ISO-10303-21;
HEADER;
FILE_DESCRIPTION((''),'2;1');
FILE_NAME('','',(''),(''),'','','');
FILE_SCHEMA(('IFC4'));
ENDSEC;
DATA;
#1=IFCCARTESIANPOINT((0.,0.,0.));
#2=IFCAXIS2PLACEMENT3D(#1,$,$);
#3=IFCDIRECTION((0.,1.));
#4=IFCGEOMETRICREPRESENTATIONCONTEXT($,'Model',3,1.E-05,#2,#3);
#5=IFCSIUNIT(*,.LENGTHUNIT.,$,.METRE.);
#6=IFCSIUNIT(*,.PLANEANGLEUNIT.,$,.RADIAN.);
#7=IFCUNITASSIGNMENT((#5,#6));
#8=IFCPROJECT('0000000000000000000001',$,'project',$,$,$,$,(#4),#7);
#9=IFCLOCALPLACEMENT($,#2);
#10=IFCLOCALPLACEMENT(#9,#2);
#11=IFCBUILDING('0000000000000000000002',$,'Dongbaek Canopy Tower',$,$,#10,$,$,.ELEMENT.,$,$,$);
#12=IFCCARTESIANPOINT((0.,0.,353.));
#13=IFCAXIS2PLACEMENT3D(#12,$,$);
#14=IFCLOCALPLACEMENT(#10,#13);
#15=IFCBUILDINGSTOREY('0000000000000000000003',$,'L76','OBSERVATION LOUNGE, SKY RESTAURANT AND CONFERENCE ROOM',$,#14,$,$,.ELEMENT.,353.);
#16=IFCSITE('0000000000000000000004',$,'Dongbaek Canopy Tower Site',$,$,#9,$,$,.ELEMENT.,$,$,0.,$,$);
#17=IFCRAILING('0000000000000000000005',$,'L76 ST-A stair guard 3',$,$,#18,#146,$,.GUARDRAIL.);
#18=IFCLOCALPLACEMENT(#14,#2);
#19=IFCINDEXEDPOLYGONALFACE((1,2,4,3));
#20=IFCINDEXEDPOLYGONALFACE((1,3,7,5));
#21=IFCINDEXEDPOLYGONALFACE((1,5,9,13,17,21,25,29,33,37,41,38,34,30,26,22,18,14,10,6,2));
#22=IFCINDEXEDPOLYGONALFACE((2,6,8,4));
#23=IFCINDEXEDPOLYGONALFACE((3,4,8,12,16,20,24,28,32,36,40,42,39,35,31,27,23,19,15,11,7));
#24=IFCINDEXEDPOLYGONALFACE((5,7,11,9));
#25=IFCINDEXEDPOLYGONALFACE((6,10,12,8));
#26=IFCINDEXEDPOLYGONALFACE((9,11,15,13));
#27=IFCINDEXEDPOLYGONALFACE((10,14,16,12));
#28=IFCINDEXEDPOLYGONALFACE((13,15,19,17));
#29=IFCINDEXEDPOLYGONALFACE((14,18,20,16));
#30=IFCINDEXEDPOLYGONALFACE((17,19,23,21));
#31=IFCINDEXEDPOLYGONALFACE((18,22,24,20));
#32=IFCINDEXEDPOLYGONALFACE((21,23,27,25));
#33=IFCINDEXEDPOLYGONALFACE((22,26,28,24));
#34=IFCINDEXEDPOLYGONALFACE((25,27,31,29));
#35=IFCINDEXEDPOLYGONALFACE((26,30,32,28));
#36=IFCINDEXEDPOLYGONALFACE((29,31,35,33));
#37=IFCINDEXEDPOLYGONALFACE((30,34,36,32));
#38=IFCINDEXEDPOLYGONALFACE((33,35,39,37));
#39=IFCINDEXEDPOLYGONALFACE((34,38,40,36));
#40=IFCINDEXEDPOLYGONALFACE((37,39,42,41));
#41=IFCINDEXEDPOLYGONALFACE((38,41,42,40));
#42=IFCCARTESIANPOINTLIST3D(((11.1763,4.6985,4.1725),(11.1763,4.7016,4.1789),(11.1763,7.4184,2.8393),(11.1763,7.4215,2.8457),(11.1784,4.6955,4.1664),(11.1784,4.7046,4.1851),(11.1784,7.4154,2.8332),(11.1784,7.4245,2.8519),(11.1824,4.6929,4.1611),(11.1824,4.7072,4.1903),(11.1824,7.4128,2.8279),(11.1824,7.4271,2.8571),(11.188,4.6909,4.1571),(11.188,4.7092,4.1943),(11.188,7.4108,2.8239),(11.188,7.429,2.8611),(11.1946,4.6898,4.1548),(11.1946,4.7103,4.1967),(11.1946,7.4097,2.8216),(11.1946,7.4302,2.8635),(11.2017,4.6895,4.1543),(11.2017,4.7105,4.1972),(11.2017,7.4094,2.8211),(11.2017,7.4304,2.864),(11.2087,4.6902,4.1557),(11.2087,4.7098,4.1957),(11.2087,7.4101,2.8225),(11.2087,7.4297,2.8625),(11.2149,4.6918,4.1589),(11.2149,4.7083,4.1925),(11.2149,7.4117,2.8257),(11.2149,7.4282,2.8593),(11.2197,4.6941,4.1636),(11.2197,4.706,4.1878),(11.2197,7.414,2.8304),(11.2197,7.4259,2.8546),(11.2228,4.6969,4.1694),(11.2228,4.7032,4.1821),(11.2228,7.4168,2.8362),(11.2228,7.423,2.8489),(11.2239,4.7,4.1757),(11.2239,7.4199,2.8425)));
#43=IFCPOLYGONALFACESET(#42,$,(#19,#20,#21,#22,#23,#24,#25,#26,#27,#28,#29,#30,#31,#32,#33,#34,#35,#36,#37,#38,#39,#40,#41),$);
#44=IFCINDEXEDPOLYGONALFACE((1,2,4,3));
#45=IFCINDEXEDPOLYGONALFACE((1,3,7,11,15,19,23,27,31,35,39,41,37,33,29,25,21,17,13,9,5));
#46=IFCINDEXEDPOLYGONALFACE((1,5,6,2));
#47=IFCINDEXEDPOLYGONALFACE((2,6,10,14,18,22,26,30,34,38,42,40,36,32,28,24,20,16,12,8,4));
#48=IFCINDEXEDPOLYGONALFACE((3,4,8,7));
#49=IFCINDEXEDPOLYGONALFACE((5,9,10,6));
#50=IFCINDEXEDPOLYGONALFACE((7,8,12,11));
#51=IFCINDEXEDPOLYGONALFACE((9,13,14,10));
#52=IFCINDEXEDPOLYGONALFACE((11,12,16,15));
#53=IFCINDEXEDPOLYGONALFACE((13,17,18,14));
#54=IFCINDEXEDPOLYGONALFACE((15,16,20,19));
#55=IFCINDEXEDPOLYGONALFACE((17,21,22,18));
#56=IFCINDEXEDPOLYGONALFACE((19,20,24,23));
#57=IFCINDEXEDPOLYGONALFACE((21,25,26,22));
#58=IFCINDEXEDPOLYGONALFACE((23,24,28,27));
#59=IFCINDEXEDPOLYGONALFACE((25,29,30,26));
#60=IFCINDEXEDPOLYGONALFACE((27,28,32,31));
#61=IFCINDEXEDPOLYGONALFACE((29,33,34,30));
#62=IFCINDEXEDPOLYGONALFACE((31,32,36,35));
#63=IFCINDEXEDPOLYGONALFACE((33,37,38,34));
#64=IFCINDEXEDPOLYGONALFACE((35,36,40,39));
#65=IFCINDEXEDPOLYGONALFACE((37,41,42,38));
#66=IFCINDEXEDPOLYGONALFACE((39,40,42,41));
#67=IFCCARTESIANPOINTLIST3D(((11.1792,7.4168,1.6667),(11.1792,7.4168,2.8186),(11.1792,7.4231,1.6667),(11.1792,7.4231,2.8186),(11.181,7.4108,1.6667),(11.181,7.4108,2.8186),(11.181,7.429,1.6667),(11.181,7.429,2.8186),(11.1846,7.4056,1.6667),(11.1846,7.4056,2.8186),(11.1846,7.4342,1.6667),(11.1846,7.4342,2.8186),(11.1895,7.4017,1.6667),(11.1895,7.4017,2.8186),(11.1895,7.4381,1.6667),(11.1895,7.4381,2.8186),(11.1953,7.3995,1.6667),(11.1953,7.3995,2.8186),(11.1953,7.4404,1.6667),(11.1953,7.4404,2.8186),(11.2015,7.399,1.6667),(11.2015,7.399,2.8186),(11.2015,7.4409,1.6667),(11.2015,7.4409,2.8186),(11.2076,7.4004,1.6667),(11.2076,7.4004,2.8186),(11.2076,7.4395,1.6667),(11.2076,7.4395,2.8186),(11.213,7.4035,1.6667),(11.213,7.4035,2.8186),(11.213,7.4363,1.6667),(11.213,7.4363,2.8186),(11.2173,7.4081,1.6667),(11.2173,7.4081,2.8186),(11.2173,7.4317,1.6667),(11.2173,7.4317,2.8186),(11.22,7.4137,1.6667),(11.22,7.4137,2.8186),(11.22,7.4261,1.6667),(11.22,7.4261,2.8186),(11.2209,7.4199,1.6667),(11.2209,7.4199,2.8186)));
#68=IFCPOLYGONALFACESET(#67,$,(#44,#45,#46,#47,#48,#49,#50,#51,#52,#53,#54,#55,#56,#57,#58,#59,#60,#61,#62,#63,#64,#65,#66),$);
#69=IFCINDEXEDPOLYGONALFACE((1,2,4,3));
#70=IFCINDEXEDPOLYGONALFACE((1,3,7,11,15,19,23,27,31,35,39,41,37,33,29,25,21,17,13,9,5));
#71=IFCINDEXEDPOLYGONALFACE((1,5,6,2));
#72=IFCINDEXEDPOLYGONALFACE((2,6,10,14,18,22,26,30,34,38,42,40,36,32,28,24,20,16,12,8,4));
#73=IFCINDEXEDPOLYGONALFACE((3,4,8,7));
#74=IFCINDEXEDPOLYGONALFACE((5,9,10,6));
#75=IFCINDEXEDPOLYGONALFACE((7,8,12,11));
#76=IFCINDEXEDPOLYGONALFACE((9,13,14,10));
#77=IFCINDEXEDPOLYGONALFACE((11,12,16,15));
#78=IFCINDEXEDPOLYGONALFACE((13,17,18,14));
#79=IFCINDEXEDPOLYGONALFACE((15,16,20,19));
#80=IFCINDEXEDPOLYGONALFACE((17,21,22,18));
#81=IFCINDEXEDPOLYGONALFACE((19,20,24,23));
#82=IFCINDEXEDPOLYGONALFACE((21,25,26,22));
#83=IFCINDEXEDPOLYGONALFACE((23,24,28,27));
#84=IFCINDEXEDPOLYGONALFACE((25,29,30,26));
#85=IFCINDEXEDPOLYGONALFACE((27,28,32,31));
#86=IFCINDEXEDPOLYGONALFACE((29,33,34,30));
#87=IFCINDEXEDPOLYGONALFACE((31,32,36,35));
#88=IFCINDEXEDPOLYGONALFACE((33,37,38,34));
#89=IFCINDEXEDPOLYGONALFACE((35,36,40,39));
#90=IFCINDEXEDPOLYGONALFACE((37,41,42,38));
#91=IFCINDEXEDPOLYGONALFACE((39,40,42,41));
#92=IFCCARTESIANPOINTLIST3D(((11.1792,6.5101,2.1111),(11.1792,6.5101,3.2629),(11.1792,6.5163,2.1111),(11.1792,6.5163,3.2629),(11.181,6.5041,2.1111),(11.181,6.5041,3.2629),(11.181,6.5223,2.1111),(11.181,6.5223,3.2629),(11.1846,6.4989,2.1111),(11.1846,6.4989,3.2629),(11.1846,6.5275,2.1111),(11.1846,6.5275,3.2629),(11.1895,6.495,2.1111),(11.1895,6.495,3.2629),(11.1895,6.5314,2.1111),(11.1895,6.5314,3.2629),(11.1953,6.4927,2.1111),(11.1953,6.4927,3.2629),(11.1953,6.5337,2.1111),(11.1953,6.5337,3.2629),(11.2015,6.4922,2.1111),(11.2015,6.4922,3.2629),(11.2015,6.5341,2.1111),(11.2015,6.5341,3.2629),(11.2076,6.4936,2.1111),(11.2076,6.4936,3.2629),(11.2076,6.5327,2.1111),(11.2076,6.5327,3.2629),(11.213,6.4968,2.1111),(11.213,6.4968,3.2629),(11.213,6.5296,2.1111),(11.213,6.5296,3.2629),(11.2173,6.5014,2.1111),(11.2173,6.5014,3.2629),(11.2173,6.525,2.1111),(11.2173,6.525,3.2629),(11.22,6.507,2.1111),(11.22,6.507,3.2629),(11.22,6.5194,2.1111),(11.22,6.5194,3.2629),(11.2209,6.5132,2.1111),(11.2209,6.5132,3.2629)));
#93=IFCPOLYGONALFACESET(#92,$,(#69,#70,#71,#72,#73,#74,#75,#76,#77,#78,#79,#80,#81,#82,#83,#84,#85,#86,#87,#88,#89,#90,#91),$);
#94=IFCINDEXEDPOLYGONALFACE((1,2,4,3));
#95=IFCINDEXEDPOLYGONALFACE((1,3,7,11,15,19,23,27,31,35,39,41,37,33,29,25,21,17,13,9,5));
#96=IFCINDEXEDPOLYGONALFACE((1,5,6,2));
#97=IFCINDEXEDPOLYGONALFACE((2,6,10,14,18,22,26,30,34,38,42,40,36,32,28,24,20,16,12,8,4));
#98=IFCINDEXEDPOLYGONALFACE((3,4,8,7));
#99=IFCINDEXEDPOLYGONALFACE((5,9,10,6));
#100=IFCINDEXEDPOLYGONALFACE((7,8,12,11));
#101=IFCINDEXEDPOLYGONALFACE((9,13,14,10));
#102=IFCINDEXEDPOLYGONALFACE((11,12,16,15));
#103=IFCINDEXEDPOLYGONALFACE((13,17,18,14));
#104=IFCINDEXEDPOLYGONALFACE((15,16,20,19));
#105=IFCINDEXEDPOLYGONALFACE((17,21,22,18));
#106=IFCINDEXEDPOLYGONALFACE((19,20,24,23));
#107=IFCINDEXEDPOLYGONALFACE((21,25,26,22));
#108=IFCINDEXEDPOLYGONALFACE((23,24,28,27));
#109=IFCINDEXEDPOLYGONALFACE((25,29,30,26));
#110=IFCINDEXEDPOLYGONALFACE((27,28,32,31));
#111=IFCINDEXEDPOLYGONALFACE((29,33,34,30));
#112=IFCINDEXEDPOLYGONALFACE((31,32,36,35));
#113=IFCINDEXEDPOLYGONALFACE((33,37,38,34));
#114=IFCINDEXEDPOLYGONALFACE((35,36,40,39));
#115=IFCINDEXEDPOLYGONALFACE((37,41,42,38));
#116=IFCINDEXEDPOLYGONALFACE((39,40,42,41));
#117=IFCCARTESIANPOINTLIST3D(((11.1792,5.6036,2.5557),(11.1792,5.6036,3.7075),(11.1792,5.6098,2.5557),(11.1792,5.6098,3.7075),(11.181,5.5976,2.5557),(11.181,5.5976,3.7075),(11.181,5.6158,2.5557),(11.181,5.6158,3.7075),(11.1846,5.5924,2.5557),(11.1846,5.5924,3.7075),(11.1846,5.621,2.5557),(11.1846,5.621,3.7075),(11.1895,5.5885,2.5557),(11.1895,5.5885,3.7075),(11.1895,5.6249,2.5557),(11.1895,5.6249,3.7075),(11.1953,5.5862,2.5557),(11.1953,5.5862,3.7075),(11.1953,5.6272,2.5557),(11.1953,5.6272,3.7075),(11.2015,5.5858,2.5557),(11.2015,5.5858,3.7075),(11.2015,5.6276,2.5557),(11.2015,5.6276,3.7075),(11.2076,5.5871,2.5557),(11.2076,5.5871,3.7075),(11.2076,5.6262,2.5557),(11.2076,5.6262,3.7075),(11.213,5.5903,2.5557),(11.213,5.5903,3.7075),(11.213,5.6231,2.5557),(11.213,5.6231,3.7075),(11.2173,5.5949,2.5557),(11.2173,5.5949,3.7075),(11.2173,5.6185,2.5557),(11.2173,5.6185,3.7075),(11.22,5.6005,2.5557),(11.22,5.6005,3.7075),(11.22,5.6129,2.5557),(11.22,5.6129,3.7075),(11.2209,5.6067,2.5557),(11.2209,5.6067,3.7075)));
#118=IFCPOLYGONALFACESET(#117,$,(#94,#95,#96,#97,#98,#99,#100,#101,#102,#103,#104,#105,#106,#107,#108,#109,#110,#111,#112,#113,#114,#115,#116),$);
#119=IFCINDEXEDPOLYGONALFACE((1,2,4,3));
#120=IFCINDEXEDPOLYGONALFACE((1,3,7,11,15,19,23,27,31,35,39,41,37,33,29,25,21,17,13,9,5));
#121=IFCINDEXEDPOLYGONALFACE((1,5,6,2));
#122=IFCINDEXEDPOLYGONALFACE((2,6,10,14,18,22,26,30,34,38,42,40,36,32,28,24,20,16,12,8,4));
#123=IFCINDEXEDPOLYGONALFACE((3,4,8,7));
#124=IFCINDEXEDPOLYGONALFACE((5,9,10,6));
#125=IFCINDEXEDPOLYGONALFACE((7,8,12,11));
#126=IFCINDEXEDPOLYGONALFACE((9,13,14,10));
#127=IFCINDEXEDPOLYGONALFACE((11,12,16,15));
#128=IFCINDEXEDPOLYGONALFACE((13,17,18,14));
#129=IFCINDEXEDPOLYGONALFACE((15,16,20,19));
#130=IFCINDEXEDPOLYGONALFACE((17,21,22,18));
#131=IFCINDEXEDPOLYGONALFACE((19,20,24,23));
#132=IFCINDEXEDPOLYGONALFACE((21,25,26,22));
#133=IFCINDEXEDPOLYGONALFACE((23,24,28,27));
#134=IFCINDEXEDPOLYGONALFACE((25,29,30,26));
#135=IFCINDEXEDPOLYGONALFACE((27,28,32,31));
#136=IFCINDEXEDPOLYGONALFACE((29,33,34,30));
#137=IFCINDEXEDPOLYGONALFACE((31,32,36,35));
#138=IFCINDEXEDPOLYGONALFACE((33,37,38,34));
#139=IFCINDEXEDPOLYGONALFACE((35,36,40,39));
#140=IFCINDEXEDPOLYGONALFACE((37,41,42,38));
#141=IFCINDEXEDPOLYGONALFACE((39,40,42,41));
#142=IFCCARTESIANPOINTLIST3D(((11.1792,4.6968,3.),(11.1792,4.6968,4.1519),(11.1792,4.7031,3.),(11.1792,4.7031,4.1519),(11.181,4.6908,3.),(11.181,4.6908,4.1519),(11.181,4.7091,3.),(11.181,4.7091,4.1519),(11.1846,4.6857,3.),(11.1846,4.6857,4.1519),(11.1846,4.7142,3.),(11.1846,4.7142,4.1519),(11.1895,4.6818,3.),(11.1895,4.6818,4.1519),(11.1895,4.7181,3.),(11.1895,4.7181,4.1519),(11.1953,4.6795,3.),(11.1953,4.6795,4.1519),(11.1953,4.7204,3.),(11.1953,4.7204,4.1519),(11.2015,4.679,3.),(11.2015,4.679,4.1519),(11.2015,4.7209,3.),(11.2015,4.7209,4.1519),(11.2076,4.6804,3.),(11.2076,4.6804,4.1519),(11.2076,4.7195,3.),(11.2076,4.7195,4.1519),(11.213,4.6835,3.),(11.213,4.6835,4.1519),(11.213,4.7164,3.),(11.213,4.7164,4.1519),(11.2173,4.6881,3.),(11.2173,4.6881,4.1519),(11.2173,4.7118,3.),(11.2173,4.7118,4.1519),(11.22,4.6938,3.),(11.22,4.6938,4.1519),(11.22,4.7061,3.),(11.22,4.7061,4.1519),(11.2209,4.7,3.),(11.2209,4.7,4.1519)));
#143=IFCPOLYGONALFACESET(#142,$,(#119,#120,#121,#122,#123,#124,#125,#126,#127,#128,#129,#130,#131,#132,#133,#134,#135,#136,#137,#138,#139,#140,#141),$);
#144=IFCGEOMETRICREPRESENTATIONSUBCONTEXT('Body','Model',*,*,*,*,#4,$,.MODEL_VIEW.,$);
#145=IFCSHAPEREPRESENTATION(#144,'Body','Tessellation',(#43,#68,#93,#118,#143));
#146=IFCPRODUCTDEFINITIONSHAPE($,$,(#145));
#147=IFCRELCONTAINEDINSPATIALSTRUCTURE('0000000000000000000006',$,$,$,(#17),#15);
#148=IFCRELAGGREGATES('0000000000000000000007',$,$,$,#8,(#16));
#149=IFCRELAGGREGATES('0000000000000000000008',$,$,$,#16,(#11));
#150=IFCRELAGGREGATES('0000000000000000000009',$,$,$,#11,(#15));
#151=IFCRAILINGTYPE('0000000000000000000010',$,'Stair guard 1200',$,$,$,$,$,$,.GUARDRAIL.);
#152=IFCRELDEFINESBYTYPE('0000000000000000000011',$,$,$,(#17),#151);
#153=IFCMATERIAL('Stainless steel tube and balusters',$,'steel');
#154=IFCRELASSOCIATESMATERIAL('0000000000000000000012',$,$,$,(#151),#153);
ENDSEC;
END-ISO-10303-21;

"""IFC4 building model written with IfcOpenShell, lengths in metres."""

from ifc_helpers import new_model, si_unit, direction, frame, origin, origin_2d, place, context, subcontext, project, spatial, circle, extrude, material, type_object, element, save


model = new_model("IFC4")

# Units and contexts
model_context = context("Model", 3, precision=1e-05, world=origin(), true_north=direction((0.0, 1.0)))
body_context = subcontext(model_context, "Body", "Model", "MODEL_VIEW")
ifc_project = project(units=[si_unit("LENGTHUNIT", "METRE"), si_unit("PLANEANGLEUNIT", "RADIAN")], contexts=[model_context])

# Site, building, storey
site_placement = place(None, origin())
site = spatial("IfcSite", under=ifc_project, at=site_placement, Name="Dongbaek Canopy Tower Site", CompositionType="ELEMENT", RefElevation=0.0)
building_placement = place(site_placement, origin())
building = spatial("IfcBuilding", under=site, at=building_placement, Name="Dongbaek Canopy Tower", CompositionType="ELEMENT")
storey_placement = place(building_placement, frame((0.0, 0.0, 353.0)))
storey = spatial("IfcBuildingStorey", under=building, at=storey_placement, Name="L76", Description="OBSERVATION LOUNGE, SKY RESTAURANT AND CONFERENCE ROOM", CompositionType="ELEMENT", Elevation=353.0)

# Railing
ifc_material_1 = material(Name="Stainless steel tube and balusters", Category="steel")
railing_type_1 = type_object("IfcRailingType", Name="Stair guard 1200", PredefinedType="GUARDRAIL", material=ifc_material_1)
railing_1_placement = place(storey_placement, frame((11.2, 7.4199, 1.6667)))
element("IfcRailing", 1, at=railing_1_placement, inside=storey, type_object=railing_type_1, Name="L76 ST-A stair guard 3", PredefinedType="GUARDRAIL", context=body_context, shape_type="SweptSolid", body=[
    extrude(circle(Radius=0.0239, at=origin_2d()), frame((0.0, 0.0, 1.1758), z_axis=(0.0, -0.897929, 0.440139), x_axis=(1.0, 0.0, 0.0)), (0.0, 0.0, 1.0), 3.0291),
    extrude(circle(Radius=0.021, at=origin_2d()), origin(), (0.0, 0.0, 1.0), 1.1519),
    extrude(circle(Radius=0.021, at=origin_2d()), frame((0.0, -0.9067, 0.4443)), (0.0, 0.0, 1.0), 1.1519),
    extrude(circle(Radius=0.021, at=origin_2d()), frame((0.0, -1.8132, 0.8889)), (0.0, 0.0, 1.0), 1.1519),
    extrude(circle(Radius=0.021, at=origin_2d()), frame((0.0, -2.72, 1.3333)), (0.0, 0.0, 1.0), 1.1519),
])

save(model, "model.ifc")
